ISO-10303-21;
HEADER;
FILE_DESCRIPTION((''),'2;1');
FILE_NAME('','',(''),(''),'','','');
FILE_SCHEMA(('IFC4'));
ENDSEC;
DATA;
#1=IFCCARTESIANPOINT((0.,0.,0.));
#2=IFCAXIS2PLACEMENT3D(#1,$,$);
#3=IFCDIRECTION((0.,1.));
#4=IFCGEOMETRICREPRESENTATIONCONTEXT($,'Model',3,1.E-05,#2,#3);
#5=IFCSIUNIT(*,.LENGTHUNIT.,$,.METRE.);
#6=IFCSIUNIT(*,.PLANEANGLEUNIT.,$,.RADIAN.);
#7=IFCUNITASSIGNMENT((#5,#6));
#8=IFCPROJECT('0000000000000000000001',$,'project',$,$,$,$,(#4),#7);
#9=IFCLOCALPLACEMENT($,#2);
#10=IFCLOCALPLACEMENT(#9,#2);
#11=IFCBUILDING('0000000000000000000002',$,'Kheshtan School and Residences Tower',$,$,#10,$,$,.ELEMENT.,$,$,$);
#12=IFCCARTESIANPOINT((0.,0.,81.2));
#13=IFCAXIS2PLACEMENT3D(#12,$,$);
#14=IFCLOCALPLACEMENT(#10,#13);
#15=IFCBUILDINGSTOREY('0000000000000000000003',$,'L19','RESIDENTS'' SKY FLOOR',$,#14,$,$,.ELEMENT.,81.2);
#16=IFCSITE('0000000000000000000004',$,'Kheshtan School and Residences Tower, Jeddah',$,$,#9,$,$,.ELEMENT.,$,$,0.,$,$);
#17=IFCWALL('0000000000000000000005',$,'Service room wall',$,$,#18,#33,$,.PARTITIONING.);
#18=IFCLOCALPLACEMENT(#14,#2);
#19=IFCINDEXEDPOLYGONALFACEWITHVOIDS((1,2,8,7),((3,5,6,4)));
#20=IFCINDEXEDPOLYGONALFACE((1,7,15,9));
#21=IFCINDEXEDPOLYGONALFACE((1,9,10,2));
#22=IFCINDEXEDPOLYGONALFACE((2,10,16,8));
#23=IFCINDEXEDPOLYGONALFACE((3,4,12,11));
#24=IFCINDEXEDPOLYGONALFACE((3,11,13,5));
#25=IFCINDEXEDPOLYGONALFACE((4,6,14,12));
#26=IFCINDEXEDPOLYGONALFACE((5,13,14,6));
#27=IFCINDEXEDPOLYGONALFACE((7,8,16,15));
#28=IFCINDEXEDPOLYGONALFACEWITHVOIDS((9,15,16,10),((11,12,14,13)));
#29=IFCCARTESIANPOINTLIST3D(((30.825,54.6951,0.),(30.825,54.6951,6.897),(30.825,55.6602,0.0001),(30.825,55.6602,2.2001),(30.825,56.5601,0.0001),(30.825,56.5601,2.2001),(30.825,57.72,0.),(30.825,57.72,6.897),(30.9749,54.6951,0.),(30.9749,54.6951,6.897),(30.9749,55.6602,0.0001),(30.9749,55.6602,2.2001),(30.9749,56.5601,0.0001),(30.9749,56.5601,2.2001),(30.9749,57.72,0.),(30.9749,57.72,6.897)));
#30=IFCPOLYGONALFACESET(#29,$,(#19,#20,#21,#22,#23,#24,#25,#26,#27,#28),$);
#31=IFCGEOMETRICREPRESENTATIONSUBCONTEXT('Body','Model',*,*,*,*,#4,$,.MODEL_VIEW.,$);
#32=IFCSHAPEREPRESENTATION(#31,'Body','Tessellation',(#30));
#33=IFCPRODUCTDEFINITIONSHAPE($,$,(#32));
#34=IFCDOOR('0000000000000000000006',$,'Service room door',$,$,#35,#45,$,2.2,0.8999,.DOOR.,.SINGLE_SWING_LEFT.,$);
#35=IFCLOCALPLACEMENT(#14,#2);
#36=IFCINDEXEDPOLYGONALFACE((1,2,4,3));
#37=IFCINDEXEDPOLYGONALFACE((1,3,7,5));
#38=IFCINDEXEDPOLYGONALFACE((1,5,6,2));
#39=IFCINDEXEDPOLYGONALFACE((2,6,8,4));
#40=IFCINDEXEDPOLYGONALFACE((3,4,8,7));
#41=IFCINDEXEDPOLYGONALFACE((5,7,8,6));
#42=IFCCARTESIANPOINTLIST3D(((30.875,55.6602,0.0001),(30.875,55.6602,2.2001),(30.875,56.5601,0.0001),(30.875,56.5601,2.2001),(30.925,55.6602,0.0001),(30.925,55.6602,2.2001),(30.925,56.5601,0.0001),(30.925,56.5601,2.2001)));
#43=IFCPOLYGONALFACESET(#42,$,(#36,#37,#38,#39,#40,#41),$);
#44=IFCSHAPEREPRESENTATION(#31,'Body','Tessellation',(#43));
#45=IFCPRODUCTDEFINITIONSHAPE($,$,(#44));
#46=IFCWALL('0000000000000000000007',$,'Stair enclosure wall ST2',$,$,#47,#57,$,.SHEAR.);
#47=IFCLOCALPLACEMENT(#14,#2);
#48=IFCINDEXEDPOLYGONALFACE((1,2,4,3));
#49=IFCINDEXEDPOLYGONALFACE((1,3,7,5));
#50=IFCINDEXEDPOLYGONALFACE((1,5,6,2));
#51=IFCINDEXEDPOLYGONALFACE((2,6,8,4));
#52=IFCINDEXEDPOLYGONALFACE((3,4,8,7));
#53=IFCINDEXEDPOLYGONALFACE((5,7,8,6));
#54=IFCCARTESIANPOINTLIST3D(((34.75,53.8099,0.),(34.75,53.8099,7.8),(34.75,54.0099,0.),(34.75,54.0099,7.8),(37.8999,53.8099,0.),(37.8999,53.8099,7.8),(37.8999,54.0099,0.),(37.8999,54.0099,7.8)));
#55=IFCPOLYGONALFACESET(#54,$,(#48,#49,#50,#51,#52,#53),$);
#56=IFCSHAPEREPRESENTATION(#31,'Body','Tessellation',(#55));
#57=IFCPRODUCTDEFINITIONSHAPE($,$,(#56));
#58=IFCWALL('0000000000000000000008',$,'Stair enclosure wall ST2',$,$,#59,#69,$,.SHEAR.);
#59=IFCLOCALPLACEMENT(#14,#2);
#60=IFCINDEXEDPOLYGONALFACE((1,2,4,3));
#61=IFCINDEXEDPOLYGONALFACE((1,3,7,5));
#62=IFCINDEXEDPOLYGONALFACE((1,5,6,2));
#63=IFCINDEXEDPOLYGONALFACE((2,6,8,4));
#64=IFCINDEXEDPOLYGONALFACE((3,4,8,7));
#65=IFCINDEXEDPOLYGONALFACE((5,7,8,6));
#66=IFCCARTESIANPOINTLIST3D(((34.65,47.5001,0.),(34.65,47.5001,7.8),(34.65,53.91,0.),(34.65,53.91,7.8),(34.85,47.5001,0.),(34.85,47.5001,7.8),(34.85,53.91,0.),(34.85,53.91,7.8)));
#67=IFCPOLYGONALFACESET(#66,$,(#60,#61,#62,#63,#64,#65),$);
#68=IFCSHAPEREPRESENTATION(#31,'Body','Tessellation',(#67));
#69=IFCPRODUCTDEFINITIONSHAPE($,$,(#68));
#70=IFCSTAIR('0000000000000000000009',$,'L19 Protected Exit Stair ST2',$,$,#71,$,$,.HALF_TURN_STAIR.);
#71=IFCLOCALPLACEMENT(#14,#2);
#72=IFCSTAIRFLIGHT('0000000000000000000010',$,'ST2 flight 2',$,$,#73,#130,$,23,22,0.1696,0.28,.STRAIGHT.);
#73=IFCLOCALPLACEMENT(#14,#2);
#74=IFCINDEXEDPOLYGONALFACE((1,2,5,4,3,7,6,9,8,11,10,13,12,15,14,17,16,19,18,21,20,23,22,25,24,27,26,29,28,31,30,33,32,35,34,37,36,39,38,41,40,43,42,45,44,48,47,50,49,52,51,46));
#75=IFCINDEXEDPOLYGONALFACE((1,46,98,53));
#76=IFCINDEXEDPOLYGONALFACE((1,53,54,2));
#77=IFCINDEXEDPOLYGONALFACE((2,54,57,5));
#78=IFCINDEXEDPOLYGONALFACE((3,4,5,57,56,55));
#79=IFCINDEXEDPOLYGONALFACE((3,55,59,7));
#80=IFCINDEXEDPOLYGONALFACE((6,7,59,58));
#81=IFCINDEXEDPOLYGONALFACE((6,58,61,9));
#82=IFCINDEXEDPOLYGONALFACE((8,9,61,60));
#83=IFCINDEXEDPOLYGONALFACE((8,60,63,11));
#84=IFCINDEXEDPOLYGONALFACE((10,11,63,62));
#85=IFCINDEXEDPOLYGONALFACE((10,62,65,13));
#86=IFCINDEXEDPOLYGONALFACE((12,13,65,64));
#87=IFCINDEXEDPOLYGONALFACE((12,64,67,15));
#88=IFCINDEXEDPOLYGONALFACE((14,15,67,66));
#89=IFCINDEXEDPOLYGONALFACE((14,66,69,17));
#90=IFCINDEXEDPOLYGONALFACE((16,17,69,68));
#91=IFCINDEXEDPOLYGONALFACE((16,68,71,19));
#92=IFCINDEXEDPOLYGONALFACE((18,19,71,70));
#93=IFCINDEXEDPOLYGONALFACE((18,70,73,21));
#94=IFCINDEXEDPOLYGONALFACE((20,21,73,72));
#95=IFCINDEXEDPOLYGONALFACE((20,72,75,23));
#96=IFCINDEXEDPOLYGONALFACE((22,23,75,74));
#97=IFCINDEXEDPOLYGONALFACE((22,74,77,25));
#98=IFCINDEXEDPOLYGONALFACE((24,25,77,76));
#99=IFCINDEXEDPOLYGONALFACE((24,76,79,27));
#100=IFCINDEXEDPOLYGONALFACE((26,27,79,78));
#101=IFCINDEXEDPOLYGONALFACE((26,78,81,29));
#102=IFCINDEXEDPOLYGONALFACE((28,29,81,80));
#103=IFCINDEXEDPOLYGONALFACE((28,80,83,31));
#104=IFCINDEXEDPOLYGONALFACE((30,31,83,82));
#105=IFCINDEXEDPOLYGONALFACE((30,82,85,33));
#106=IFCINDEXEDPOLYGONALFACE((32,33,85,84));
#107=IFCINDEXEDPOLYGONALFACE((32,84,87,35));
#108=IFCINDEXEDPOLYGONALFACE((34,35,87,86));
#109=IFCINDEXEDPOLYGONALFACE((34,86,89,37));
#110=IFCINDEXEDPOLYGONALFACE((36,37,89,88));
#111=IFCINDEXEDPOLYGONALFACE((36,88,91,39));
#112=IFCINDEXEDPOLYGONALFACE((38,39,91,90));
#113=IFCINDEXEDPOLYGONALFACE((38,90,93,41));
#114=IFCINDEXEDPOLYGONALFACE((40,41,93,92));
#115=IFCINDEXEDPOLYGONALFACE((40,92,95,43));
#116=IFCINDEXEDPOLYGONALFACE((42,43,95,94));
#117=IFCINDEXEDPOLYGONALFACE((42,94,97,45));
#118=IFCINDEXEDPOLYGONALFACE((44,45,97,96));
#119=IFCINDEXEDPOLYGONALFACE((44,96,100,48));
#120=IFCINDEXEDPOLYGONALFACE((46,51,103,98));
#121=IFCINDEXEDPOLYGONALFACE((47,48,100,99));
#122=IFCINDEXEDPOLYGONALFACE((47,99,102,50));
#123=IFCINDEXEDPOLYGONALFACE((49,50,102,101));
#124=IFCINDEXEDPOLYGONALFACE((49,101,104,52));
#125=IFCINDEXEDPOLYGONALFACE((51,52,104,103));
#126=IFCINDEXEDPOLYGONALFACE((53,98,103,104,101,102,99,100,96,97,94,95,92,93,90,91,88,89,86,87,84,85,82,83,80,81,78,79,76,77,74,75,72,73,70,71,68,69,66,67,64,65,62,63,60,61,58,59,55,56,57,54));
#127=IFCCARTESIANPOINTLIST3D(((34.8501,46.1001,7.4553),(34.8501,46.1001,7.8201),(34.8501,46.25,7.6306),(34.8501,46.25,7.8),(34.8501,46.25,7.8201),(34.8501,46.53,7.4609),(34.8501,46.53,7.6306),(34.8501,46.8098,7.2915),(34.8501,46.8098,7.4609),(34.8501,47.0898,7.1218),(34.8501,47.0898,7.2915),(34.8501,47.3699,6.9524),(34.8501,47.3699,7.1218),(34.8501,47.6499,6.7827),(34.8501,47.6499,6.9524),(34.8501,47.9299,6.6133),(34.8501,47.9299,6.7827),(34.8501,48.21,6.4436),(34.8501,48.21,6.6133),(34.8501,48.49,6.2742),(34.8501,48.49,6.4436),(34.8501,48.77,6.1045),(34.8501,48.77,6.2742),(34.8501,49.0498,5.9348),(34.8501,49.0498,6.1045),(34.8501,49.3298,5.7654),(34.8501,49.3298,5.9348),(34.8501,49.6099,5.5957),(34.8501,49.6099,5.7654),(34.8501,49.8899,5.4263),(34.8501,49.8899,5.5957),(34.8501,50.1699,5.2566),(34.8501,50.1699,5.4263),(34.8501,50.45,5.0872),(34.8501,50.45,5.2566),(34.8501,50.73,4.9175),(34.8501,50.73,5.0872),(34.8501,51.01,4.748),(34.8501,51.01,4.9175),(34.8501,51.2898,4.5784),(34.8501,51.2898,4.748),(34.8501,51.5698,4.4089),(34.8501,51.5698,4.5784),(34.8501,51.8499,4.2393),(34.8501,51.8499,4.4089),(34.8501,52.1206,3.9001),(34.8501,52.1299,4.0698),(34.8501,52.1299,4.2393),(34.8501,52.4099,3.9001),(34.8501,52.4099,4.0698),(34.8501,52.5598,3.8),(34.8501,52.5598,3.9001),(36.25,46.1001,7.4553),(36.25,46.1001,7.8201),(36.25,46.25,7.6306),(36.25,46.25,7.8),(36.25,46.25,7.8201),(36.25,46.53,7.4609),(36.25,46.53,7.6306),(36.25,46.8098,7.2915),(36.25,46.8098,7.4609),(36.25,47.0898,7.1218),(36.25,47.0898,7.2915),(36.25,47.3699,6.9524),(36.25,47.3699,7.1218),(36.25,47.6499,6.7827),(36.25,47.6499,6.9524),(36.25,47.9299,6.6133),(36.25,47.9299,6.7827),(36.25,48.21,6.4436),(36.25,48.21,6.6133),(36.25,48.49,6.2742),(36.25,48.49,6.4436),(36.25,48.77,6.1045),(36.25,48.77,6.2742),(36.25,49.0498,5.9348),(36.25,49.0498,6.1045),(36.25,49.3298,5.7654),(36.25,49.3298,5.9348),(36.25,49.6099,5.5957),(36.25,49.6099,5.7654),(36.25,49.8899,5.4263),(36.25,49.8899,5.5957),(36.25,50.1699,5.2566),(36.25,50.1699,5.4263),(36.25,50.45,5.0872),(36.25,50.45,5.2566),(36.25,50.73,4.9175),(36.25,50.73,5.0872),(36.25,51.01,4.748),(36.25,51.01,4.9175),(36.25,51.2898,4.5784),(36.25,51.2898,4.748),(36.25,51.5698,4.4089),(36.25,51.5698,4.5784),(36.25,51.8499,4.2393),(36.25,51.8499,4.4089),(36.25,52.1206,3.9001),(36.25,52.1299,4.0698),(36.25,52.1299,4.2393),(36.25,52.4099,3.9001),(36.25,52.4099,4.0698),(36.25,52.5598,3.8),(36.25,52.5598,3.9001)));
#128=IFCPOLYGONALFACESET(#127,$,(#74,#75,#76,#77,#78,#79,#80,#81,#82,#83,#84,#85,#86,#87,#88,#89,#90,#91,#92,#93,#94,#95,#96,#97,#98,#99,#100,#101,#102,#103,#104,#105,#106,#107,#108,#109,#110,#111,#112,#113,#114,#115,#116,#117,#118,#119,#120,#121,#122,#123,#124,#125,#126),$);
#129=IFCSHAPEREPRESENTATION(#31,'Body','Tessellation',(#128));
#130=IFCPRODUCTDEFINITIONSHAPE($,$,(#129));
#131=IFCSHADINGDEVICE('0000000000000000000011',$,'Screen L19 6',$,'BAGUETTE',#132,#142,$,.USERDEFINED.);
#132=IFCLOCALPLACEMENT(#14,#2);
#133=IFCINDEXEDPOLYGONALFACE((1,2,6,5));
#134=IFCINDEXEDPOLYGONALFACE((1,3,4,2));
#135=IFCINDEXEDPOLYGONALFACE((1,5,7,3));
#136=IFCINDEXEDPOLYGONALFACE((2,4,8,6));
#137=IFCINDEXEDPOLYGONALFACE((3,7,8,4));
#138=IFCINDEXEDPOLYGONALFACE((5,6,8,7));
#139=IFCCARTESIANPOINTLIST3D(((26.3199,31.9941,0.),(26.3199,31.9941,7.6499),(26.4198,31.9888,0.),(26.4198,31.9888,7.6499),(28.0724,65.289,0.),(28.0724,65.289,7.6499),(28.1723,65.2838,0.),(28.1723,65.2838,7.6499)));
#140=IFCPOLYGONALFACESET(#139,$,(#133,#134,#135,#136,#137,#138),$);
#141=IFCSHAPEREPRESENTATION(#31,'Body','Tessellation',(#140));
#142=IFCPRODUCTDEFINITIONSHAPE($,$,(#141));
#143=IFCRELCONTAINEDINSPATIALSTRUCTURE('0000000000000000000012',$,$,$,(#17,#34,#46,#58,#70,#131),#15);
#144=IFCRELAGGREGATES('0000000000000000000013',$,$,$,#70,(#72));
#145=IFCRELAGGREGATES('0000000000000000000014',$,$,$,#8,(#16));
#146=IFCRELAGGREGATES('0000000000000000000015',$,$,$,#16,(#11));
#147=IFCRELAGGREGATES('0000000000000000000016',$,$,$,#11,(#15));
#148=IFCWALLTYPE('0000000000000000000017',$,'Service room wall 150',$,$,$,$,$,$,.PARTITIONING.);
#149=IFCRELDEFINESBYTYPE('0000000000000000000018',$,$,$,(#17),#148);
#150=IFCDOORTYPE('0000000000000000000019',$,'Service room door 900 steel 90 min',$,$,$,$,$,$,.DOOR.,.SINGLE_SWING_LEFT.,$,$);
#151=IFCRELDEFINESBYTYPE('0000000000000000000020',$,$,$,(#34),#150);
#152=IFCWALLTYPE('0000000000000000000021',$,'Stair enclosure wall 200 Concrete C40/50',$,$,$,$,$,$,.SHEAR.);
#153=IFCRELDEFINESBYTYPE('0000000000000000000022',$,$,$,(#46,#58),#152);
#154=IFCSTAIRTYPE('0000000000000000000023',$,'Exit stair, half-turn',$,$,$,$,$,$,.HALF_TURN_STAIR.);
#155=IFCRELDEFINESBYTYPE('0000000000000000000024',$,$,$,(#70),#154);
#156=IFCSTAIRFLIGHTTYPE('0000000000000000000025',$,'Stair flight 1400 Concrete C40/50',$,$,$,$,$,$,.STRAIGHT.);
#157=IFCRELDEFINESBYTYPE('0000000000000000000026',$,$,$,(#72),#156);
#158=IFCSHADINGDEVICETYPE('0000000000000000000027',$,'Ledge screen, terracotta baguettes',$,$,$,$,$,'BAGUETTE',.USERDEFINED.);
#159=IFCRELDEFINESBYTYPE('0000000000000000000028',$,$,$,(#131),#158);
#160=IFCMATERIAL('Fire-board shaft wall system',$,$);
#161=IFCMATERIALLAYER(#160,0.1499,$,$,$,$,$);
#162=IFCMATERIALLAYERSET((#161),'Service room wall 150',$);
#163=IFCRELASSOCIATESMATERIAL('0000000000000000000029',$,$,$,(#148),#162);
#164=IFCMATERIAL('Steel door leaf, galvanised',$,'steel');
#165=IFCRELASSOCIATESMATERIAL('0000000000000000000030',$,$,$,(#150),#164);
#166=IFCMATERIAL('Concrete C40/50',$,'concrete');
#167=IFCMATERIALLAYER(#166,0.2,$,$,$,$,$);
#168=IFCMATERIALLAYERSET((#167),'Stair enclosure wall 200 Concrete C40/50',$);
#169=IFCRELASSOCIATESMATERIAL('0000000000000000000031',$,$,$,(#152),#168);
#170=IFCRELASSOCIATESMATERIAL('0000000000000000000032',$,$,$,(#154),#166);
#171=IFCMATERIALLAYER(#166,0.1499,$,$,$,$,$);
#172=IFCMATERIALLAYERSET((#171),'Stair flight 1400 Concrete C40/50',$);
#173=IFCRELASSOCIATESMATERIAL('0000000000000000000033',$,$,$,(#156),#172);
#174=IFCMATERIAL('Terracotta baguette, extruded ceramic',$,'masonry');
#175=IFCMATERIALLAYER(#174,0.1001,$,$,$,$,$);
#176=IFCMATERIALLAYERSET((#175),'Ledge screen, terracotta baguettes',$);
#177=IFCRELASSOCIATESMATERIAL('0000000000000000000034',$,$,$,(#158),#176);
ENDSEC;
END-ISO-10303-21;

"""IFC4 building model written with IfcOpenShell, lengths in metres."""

from ifc_helpers import new_model, si_unit, direction, frame, frame_2d, origin, origin_2d, place, context, subcontext, project, spatial, polyline, rectangle, outline, extrude, source, transform, mapped, material, layer, layer_set, type_object, element, fill, aggregate, save


model = new_model("IFC4")

# Units and contexts
model_context = context("Model", 3, precision=1e-05, world=origin(), true_north=direction((0.0, 1.0)))
body_context = subcontext(model_context, "Body", "Model", "MODEL_VIEW")
ifc_project = project(units=[si_unit("LENGTHUNIT", "METRE"), si_unit("PLANEANGLEUNIT", "RADIAN")], contexts=[model_context])

# Site, building, storey
site_placement = place(None, origin())
site = spatial("IfcSite", under=ifc_project, at=site_placement, Name="Kheshtan School and Residences Tower, Jeddah", CompositionType="ELEMENT", RefElevation=0.0)
building_placement = place(site_placement, origin())
building = spatial("IfcBuilding", under=site, at=building_placement, Name="Kheshtan School and Residences Tower", CompositionType="ELEMENT")
storey_placement = place(building_placement, frame((0.0, 0.0, 81.2)))
storey = spatial("IfcBuildingStorey", under=building, at=storey_placement, Name="L19", Description="RESIDENTS' SKY FLOOR", CompositionType="ELEMENT", Elevation=81.2)

# Shared definitions
ifc_material_1 = material(Name="Fire-board shaft wall system")
ifc_layer_1 = layer(ifc_material_1, 0.1499)
ifc_layer_set_1 = layer_set([ifc_layer_1], Name="Service room wall 150")
wall_type_1 = type_object("IfcWallType", Name="Service room wall 150", PredefinedType="PARTITIONING", material=ifc_layer_set_1)

# Wall, opening, door
wall_1_placement = place(storey_placement, frame((30.8999, 54.6951, 0.0), z_axis=(0.0, 0.0, 1.0), x_axis=(0.0, 1.0, 0.0)))
wall_1 = element("IfcWall", 1, at=wall_1_placement, inside=storey, type_object=wall_type_1, Name="Service room wall", PredefinedType="PARTITIONING", context=body_context, shape_type="SweptSolid", body=[
    extrude(rectangle(XDim=3.0249, YDim=0.1499, at=frame_2d((1.5125, 0.0))), origin(), (0.0, 0.0, 1.0), 6.897),
])
opening_1_placement = place(wall_1_placement, frame((0.9651, 0.0, 0.0)))
opening_1 = element("IfcOpeningElement", 2, at=opening_1_placement, cuts=wall_1, PredefinedType="OPENING", context=body_context, shape_type="SweptSolid", body=[
    extrude(rectangle(XDim=0.8999, YDim=2.2, at=frame_2d((0.45, 1.1001))), frame((0.0, 0.085, 0.0), z_axis=(0.0, -1.0, 0.0), x_axis=(1.0, 0.0, 0.0)), (0.0, 0.0, 1.0), 0.1699),
])
ifc_material_2 = material(Name="Steel door leaf, galvanised", Category="steel")
door_type_1 = type_object("IfcDoorType", Name="Service room door 900 steel 90 min", OperationType="SINGLE_SWING_LEFT", PredefinedType="DOOR", material=ifc_material_2)
shared_shape_1 = source(origin(), body_context, "Body", "SweptSolid", [
    extrude(rectangle(XDim=0.8999, YDim=2.2, at=frame_2d((0.45, 1.1001))), frame((0.0, 0.0249, 0.0), z_axis=(0.0, -1.0, 0.0), x_axis=(1.0, 0.0, 0.0)), (0.0, 0.0, 1.0), 0.05),
])
door_1_placement = place(opening_1_placement, origin())
door_1 = element("IfcDoor", 3, at=door_1_placement, inside=storey, type_object=door_type_1, Name="Service room door", OperationType="SINGLE_SWING_LEFT", OverallHeight=2.2, OverallWidth=0.8999, PredefinedType="DOOR", context=body_context, shape_type="MappedRepresentation", body=[
    mapped(shared_shape_1, transform((0.0, 0.0, 0.0), x_axis=(1.0, 0.0, 0.0), y_axis=(0.0, 1.0, 0.0), z_axis=(0.0, 0.0, 1.0), scale=1.0)),
])
fill(opening_1, door_1)

# Walls
ifc_material_3 = material(Name="Concrete C40/50", Category="concrete")
ifc_layer_2 = layer(ifc_material_3, 0.2)
ifc_layer_set_2 = layer_set([ifc_layer_2], Name="Stair enclosure wall 200 Concrete C40/50")
wall_type_2 = type_object("IfcWallType", Name="Stair enclosure wall 200 Concrete C40/50", PredefinedType="SHEAR", material=ifc_layer_set_2)
wall_2_placement = place(storey_placement, frame((34.75, 53.9099, 0.0), z_axis=(0.0, 0.0, 1.0), x_axis=(1.0, 0.0, 0.0)))
element("IfcWall", 4, at=wall_2_placement, inside=storey, type_object=wall_type_2, Name="Stair enclosure wall ST2", PredefinedType="SHEAR", context=body_context, shape_type="SweptSolid", body=[
    extrude(rectangle(XDim=3.1499, YDim=0.2, at=frame_2d((1.575, 0.0))), origin(), (0.0, 0.0, 1.0), 7.8),
])
wall_3_placement = place(storey_placement, frame((34.75, 47.5, 0.0), z_axis=(0.0, 0.0, 1.0), x_axis=(0.0, 1.0, 0.0)))
element("IfcWall", 5, at=wall_3_placement, inside=storey, type_object=wall_type_2, Name="Stair enclosure wall ST2", PredefinedType="SHEAR", context=body_context, shape_type="SweptSolid", body=[
    extrude(rectangle(XDim=6.4099, YDim=0.2, at=frame_2d((3.2051, 0.0))), origin(), (0.0, 0.0, 1.0), 7.8),
])

# Stair, stair flight
stair_type = type_object("IfcStairType", Name="Exit stair, half-turn", PredefinedType="HALF_TURN_STAIR", material=ifc_material_3)
stair_placement = place(storey_placement, origin())
stair = element("IfcStair", 6, at=stair_placement, inside=storey, type_object=stair_type, Name="L19 Protected Exit Stair ST2", PredefinedType="HALF_TURN_STAIR")
ifc_layer_3 = layer(ifc_material_3, 0.1499)
ifc_layer_set_3 = layer_set([ifc_layer_3], Name="Stair flight 1400 Concrete C40/50")
stair_flight_type = type_object("IfcStairFlightType", Name="Stair flight 1400 Concrete C40/50", PredefinedType="STRAIGHT", material=ifc_layer_set_3)
stair_flight_placement = place(storey_placement, frame((35.55, 52.4099, 3.9001), z_axis=(0.0, 0.0, 1.0), x_axis=(0.0, -1.0, 0.0)))
stair_flight = element("IfcStairFlight", 7, at=stair_flight_placement, type_object=stair_flight_type, Name="ST2 flight 2", NumberOfRisers=23, NumberOfTreads=22, PredefinedType="STRAIGHT", RiserHeight=0.1696, TreadLength=0.28, context=body_context, shape_type="SweptSolid", body=[
    extrude(outline(polyline([(-0.1499, -0.1001), (-0.1499, 0.0), (0.0, 0.0), (0.0, 0.1697), (0.28, 0.1697), (0.28, 0.3391), (0.5601, 0.3391), (0.5601, 0.5088), (0.8401, 0.5088), (0.8401, 0.6782), (1.1201, 0.6782), (1.1201, 0.8479), (1.3999, 0.8479), (1.3999, 1.0173), (1.6799, 1.0173), (1.6799, 1.187), (1.96, 1.187), (1.96, 1.3564), (2.24, 1.3564), (2.24, 1.5261), (2.52, 1.5261), (2.52, 1.6956), (2.8, 1.6956), (2.8, 1.8652), (3.0801, 1.8652), (3.0801, 2.0347), (3.3601, 2.0347), (3.3601, 2.2043), (3.6399, 2.2043), (3.6399, 2.374), (3.9199, 2.374), (3.9199, 2.5435), (4.2, 2.5435), (4.2, 2.7131), (4.48, 2.7131), (4.48, 2.8826), (4.76, 2.8826), (4.76, 3.0522), (5.04, 3.0522), (5.04, 3.2217), (5.3201, 3.2217), (5.3201, 3.3914), (5.6001, 3.3914), (5.6001, 3.5608), (5.8799, 3.5608), (5.8799, 3.7305), (6.1599, 3.7305), (6.1599, 3.8999), (6.1599, 3.9199), (6.3098, 3.9199), (6.3098, 3.5552), (0.2893, 0.0), (-0.1499, -0.1001)])), frame((0.0, 0.7, 0.0), z_axis=(0.0, -1.0, 0.0), x_axis=(1.0, 0.0, 0.0)), (0.0, 0.0, 1.0), 1.3999),
])
aggregate(stair, [stair_flight])

# Shading device
ifc_material_4 = material(Name="Terracotta baguette, extruded ceramic", Category="masonry")
ifc_layer_4 = layer(ifc_material_4, 0.1001)
ifc_layer_set_4 = layer_set([ifc_layer_4], Name="Ledge screen, terracotta baguettes")
shading_device_type = type_object("IfcShadingDeviceType", Name="Ledge screen, terracotta baguettes", ElementType="BAGUETTE", PredefinedType="USERDEFINED", material=ifc_layer_set_4)
shading_device_placement = place(storey_placement, frame((27.2461, 48.6389, 0.0), z_axis=(0.0, 0.0, 1.0), x_axis=(0.052563, 0.998618, 0.0)))
element("IfcShadingDevice", 8, at=shading_device_placement, inside=storey, type_object=shading_device_type, Name="Screen L19 6", ObjectType="BAGUETTE", PredefinedType="USERDEFINED", context=body_context, shape_type="SweptSolid", body=[
    extrude(rectangle(XDim=33.3411, YDim=0.1001, at=origin_2d()), origin(), (0.0, 0.0, 1.0), 7.6499),
])

save(model, "model.ifc")
